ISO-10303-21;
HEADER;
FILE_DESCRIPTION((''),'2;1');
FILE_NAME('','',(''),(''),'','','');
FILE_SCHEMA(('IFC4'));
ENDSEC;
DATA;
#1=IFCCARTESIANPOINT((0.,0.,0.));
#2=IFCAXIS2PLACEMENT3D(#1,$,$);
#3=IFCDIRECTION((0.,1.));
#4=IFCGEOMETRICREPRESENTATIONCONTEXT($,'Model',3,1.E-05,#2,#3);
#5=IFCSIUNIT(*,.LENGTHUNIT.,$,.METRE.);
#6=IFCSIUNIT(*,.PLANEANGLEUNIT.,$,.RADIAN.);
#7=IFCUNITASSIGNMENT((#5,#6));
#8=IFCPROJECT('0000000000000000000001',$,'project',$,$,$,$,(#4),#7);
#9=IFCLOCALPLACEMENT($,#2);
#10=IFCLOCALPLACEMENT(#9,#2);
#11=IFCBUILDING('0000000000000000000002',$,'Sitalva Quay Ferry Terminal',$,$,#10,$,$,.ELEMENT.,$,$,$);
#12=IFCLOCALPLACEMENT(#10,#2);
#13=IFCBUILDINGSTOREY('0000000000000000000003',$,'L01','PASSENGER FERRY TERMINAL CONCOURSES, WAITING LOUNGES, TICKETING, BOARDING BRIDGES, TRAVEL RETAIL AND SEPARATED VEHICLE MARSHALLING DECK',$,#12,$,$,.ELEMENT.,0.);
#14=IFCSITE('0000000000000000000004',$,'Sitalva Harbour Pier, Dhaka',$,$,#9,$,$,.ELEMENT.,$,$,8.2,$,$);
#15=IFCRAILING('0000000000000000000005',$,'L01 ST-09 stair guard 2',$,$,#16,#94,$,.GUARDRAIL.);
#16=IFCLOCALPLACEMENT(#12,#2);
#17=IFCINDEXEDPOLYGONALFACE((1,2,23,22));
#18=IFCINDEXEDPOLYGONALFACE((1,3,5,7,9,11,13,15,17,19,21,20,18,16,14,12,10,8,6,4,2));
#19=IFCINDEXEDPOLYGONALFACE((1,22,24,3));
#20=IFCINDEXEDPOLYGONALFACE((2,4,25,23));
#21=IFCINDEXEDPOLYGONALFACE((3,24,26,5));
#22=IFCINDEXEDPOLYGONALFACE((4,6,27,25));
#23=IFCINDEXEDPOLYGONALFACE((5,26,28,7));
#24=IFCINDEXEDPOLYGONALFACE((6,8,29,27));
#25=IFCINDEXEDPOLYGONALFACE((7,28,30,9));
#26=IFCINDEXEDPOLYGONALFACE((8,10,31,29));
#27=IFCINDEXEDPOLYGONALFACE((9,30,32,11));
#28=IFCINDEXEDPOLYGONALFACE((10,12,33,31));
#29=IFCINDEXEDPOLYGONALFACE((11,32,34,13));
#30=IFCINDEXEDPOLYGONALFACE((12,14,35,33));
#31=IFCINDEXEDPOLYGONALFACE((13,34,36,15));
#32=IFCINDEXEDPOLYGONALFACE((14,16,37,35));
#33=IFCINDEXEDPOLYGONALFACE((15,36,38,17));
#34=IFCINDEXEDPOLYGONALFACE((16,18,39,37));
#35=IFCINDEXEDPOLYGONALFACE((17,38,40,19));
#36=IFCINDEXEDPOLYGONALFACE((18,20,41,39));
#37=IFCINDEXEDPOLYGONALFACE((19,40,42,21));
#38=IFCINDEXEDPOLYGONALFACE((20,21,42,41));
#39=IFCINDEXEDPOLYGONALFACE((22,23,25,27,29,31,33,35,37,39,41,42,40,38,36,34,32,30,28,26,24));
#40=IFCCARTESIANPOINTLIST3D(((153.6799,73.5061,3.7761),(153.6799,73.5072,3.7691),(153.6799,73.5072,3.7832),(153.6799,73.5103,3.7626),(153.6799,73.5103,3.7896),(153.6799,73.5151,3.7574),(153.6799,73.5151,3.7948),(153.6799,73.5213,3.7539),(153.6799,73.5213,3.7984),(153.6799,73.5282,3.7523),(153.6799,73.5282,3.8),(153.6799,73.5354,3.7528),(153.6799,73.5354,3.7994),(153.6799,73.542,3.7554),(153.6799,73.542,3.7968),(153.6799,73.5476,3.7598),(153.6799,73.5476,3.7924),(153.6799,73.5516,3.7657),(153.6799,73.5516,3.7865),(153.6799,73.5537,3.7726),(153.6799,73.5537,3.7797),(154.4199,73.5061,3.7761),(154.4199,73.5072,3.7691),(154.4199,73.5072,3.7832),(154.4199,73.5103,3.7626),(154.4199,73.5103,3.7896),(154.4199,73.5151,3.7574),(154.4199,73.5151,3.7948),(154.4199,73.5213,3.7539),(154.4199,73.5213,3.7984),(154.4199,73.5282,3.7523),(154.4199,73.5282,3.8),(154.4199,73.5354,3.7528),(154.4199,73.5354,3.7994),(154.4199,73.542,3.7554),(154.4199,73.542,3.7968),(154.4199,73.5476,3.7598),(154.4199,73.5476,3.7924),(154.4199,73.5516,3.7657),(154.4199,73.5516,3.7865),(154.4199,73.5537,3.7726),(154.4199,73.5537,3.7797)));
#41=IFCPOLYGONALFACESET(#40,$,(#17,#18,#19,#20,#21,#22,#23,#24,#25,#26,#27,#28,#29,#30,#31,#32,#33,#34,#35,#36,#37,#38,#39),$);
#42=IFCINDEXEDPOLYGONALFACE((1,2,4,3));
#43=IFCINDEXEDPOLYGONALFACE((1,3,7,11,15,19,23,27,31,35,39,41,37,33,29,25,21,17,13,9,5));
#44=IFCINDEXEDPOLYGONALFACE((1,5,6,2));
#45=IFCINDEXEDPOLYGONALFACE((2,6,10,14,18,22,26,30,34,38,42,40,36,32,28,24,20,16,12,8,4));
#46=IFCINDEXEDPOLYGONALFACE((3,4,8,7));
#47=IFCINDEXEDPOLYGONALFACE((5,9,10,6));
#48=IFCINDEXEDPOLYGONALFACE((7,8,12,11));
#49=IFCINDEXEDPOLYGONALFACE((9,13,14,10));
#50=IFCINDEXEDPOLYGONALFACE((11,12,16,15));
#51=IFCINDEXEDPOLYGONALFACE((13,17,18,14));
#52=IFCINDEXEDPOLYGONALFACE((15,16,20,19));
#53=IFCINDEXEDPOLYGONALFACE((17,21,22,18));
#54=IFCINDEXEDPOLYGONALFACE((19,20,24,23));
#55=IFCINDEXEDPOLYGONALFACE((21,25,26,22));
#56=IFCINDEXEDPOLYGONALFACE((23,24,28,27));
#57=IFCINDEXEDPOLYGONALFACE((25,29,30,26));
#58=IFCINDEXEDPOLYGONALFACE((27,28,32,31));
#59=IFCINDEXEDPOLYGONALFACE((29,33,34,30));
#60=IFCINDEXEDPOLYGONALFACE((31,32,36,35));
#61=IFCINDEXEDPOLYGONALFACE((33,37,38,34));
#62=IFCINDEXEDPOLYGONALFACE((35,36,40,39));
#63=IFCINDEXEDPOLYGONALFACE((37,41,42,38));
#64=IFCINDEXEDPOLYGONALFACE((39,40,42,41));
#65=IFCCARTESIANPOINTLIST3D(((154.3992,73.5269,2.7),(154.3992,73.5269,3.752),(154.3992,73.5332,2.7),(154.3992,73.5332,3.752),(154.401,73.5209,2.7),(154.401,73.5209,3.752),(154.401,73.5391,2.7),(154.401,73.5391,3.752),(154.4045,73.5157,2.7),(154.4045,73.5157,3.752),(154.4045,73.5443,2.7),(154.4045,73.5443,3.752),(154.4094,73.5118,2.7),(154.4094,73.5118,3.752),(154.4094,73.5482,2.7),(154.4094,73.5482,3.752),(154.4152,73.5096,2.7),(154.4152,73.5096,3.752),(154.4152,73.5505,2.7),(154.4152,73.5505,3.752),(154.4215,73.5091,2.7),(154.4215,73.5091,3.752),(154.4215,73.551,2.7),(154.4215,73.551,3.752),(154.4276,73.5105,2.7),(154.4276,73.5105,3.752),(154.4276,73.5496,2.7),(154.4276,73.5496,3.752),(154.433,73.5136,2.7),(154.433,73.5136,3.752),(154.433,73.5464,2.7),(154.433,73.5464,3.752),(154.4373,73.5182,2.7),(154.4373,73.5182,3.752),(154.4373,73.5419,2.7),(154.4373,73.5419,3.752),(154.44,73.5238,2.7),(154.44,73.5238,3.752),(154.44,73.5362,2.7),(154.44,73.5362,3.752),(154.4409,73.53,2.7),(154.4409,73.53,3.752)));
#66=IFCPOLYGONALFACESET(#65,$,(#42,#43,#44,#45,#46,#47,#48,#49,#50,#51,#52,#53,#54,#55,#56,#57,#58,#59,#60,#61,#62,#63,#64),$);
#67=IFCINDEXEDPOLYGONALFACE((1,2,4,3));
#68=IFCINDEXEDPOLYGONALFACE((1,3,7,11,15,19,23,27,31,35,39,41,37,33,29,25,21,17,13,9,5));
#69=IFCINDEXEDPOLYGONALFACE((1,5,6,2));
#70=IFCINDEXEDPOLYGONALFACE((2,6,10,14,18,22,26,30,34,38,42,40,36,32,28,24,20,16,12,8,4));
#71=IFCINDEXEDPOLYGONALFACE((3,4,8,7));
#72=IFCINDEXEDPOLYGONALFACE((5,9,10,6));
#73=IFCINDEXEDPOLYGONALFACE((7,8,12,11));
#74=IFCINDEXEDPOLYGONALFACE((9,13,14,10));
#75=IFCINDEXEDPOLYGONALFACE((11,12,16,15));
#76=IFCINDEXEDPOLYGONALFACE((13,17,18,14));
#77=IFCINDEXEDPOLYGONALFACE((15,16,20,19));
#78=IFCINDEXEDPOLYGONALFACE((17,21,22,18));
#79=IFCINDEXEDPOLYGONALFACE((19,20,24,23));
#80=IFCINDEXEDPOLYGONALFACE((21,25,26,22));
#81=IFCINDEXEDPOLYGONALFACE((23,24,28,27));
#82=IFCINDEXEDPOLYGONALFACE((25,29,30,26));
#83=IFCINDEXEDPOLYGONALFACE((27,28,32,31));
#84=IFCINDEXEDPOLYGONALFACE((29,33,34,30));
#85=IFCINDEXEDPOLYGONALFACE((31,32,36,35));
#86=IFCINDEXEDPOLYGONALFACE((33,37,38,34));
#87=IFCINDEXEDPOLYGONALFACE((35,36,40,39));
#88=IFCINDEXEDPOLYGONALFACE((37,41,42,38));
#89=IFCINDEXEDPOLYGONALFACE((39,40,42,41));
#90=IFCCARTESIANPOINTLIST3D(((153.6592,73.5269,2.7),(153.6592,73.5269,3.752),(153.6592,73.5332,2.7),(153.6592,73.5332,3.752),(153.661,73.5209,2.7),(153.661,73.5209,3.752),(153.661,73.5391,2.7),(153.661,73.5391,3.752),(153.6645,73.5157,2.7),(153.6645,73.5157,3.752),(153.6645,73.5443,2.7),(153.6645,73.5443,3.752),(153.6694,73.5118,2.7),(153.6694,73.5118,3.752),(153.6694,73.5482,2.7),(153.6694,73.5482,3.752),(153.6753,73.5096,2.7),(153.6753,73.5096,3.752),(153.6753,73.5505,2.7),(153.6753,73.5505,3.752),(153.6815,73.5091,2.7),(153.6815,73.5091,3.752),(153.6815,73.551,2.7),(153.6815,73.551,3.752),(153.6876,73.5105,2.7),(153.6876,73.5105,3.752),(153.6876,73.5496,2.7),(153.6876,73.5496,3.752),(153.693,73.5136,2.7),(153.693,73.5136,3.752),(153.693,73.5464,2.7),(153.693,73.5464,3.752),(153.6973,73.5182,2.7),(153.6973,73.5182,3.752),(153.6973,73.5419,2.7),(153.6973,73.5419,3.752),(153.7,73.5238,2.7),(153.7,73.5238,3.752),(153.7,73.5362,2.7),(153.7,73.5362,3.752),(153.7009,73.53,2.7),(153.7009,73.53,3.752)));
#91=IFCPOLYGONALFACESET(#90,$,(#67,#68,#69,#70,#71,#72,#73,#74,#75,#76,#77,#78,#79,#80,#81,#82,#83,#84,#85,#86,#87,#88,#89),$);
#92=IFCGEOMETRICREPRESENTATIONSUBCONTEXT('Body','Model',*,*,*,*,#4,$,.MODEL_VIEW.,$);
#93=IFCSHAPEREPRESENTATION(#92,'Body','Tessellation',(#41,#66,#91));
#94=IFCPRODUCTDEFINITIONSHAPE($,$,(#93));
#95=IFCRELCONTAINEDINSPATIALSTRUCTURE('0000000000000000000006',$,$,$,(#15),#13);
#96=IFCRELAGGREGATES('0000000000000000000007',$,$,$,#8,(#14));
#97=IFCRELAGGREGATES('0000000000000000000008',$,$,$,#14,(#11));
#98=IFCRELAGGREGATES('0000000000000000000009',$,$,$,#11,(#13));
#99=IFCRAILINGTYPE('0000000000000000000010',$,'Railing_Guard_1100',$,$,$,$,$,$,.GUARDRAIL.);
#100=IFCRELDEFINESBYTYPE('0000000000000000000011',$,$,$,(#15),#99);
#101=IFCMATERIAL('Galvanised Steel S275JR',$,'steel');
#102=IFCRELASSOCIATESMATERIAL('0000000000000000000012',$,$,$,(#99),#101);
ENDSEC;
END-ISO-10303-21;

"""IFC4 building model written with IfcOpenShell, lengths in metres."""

from ifc_helpers import new_model, si_unit, direction, frame, origin, origin_2d, place, context, subcontext, project, spatial, circle, extrude, material, type_object, element, save


model = new_model("IFC4")

# Units and contexts
model_context = context("Model", 3, precision=1e-05, world=origin(), true_north=direction((0.0, 1.0)))
body_context = subcontext(model_context, "Body", "Model", "MODEL_VIEW")
ifc_project = project(units=[si_unit("LENGTHUNIT", "METRE"), si_unit("PLANEANGLEUNIT", "RADIAN")], contexts=[model_context])

# Site, building, storey
site_placement = place(None, origin())
site = spatial("IfcSite", under=ifc_project, at=site_placement, Name="Sitalva Harbour Pier, Dhaka", CompositionType="ELEMENT", RefElevation=8.2)
building_placement = place(site_placement, origin())
building = spatial("IfcBuilding", under=site, at=building_placement, Name="Sitalva Quay Ferry Terminal", CompositionType="ELEMENT")
storey_placement = place(building_placement, origin())
storey = spatial("IfcBuildingStorey", under=building, at=storey_placement, Name="L01", Description="PASSENGER FERRY TERMINAL CONCOURSES, WAITING LOUNGES, TICKETING, BOARDING BRIDGES, TRAVEL RETAIL AND SEPARATED VEHICLE MARSHALLING DECK", CompositionType="ELEMENT", Elevation=0.0)

# Railing
ifc_material_1 = material(Name="Galvanised Steel S275JR", Category="steel")
railing_type_1 = type_object("IfcRailingType", Name="Railing_Guard_1100", PredefinedType="GUARDRAIL", material=ifc_material_1)
railing_1_placement = place(storey_placement, frame((154.4199, 73.53, 2.7)))
element("IfcRailing", 1, at=railing_1_placement, inside=storey, type_object=railing_type_1, Name="L01 ST-09 stair guard 2", PredefinedType="GUARDRAIL", context=body_context, shape_type="SweptSolid", body=[
    extrude(circle(Radius=0.0239, at=origin_2d()), frame((0.0, 0.0, 1.0762), z_axis=(-1.0, 0.0, 0.0), x_axis=(0.0, -1.0, 0.0)), (0.0, 0.0, 1.0), 0.74),
    extrude(circle(Radius=0.021, at=origin_2d()), origin(), (0.0, 0.0, 1.0), 1.052),
    extrude(circle(Radius=0.021, at=origin_2d()), frame((-0.74, 0.0, 0.0)), (0.0, 0.0, 1.0), 1.052),
])

save(model, "model.ifc")
